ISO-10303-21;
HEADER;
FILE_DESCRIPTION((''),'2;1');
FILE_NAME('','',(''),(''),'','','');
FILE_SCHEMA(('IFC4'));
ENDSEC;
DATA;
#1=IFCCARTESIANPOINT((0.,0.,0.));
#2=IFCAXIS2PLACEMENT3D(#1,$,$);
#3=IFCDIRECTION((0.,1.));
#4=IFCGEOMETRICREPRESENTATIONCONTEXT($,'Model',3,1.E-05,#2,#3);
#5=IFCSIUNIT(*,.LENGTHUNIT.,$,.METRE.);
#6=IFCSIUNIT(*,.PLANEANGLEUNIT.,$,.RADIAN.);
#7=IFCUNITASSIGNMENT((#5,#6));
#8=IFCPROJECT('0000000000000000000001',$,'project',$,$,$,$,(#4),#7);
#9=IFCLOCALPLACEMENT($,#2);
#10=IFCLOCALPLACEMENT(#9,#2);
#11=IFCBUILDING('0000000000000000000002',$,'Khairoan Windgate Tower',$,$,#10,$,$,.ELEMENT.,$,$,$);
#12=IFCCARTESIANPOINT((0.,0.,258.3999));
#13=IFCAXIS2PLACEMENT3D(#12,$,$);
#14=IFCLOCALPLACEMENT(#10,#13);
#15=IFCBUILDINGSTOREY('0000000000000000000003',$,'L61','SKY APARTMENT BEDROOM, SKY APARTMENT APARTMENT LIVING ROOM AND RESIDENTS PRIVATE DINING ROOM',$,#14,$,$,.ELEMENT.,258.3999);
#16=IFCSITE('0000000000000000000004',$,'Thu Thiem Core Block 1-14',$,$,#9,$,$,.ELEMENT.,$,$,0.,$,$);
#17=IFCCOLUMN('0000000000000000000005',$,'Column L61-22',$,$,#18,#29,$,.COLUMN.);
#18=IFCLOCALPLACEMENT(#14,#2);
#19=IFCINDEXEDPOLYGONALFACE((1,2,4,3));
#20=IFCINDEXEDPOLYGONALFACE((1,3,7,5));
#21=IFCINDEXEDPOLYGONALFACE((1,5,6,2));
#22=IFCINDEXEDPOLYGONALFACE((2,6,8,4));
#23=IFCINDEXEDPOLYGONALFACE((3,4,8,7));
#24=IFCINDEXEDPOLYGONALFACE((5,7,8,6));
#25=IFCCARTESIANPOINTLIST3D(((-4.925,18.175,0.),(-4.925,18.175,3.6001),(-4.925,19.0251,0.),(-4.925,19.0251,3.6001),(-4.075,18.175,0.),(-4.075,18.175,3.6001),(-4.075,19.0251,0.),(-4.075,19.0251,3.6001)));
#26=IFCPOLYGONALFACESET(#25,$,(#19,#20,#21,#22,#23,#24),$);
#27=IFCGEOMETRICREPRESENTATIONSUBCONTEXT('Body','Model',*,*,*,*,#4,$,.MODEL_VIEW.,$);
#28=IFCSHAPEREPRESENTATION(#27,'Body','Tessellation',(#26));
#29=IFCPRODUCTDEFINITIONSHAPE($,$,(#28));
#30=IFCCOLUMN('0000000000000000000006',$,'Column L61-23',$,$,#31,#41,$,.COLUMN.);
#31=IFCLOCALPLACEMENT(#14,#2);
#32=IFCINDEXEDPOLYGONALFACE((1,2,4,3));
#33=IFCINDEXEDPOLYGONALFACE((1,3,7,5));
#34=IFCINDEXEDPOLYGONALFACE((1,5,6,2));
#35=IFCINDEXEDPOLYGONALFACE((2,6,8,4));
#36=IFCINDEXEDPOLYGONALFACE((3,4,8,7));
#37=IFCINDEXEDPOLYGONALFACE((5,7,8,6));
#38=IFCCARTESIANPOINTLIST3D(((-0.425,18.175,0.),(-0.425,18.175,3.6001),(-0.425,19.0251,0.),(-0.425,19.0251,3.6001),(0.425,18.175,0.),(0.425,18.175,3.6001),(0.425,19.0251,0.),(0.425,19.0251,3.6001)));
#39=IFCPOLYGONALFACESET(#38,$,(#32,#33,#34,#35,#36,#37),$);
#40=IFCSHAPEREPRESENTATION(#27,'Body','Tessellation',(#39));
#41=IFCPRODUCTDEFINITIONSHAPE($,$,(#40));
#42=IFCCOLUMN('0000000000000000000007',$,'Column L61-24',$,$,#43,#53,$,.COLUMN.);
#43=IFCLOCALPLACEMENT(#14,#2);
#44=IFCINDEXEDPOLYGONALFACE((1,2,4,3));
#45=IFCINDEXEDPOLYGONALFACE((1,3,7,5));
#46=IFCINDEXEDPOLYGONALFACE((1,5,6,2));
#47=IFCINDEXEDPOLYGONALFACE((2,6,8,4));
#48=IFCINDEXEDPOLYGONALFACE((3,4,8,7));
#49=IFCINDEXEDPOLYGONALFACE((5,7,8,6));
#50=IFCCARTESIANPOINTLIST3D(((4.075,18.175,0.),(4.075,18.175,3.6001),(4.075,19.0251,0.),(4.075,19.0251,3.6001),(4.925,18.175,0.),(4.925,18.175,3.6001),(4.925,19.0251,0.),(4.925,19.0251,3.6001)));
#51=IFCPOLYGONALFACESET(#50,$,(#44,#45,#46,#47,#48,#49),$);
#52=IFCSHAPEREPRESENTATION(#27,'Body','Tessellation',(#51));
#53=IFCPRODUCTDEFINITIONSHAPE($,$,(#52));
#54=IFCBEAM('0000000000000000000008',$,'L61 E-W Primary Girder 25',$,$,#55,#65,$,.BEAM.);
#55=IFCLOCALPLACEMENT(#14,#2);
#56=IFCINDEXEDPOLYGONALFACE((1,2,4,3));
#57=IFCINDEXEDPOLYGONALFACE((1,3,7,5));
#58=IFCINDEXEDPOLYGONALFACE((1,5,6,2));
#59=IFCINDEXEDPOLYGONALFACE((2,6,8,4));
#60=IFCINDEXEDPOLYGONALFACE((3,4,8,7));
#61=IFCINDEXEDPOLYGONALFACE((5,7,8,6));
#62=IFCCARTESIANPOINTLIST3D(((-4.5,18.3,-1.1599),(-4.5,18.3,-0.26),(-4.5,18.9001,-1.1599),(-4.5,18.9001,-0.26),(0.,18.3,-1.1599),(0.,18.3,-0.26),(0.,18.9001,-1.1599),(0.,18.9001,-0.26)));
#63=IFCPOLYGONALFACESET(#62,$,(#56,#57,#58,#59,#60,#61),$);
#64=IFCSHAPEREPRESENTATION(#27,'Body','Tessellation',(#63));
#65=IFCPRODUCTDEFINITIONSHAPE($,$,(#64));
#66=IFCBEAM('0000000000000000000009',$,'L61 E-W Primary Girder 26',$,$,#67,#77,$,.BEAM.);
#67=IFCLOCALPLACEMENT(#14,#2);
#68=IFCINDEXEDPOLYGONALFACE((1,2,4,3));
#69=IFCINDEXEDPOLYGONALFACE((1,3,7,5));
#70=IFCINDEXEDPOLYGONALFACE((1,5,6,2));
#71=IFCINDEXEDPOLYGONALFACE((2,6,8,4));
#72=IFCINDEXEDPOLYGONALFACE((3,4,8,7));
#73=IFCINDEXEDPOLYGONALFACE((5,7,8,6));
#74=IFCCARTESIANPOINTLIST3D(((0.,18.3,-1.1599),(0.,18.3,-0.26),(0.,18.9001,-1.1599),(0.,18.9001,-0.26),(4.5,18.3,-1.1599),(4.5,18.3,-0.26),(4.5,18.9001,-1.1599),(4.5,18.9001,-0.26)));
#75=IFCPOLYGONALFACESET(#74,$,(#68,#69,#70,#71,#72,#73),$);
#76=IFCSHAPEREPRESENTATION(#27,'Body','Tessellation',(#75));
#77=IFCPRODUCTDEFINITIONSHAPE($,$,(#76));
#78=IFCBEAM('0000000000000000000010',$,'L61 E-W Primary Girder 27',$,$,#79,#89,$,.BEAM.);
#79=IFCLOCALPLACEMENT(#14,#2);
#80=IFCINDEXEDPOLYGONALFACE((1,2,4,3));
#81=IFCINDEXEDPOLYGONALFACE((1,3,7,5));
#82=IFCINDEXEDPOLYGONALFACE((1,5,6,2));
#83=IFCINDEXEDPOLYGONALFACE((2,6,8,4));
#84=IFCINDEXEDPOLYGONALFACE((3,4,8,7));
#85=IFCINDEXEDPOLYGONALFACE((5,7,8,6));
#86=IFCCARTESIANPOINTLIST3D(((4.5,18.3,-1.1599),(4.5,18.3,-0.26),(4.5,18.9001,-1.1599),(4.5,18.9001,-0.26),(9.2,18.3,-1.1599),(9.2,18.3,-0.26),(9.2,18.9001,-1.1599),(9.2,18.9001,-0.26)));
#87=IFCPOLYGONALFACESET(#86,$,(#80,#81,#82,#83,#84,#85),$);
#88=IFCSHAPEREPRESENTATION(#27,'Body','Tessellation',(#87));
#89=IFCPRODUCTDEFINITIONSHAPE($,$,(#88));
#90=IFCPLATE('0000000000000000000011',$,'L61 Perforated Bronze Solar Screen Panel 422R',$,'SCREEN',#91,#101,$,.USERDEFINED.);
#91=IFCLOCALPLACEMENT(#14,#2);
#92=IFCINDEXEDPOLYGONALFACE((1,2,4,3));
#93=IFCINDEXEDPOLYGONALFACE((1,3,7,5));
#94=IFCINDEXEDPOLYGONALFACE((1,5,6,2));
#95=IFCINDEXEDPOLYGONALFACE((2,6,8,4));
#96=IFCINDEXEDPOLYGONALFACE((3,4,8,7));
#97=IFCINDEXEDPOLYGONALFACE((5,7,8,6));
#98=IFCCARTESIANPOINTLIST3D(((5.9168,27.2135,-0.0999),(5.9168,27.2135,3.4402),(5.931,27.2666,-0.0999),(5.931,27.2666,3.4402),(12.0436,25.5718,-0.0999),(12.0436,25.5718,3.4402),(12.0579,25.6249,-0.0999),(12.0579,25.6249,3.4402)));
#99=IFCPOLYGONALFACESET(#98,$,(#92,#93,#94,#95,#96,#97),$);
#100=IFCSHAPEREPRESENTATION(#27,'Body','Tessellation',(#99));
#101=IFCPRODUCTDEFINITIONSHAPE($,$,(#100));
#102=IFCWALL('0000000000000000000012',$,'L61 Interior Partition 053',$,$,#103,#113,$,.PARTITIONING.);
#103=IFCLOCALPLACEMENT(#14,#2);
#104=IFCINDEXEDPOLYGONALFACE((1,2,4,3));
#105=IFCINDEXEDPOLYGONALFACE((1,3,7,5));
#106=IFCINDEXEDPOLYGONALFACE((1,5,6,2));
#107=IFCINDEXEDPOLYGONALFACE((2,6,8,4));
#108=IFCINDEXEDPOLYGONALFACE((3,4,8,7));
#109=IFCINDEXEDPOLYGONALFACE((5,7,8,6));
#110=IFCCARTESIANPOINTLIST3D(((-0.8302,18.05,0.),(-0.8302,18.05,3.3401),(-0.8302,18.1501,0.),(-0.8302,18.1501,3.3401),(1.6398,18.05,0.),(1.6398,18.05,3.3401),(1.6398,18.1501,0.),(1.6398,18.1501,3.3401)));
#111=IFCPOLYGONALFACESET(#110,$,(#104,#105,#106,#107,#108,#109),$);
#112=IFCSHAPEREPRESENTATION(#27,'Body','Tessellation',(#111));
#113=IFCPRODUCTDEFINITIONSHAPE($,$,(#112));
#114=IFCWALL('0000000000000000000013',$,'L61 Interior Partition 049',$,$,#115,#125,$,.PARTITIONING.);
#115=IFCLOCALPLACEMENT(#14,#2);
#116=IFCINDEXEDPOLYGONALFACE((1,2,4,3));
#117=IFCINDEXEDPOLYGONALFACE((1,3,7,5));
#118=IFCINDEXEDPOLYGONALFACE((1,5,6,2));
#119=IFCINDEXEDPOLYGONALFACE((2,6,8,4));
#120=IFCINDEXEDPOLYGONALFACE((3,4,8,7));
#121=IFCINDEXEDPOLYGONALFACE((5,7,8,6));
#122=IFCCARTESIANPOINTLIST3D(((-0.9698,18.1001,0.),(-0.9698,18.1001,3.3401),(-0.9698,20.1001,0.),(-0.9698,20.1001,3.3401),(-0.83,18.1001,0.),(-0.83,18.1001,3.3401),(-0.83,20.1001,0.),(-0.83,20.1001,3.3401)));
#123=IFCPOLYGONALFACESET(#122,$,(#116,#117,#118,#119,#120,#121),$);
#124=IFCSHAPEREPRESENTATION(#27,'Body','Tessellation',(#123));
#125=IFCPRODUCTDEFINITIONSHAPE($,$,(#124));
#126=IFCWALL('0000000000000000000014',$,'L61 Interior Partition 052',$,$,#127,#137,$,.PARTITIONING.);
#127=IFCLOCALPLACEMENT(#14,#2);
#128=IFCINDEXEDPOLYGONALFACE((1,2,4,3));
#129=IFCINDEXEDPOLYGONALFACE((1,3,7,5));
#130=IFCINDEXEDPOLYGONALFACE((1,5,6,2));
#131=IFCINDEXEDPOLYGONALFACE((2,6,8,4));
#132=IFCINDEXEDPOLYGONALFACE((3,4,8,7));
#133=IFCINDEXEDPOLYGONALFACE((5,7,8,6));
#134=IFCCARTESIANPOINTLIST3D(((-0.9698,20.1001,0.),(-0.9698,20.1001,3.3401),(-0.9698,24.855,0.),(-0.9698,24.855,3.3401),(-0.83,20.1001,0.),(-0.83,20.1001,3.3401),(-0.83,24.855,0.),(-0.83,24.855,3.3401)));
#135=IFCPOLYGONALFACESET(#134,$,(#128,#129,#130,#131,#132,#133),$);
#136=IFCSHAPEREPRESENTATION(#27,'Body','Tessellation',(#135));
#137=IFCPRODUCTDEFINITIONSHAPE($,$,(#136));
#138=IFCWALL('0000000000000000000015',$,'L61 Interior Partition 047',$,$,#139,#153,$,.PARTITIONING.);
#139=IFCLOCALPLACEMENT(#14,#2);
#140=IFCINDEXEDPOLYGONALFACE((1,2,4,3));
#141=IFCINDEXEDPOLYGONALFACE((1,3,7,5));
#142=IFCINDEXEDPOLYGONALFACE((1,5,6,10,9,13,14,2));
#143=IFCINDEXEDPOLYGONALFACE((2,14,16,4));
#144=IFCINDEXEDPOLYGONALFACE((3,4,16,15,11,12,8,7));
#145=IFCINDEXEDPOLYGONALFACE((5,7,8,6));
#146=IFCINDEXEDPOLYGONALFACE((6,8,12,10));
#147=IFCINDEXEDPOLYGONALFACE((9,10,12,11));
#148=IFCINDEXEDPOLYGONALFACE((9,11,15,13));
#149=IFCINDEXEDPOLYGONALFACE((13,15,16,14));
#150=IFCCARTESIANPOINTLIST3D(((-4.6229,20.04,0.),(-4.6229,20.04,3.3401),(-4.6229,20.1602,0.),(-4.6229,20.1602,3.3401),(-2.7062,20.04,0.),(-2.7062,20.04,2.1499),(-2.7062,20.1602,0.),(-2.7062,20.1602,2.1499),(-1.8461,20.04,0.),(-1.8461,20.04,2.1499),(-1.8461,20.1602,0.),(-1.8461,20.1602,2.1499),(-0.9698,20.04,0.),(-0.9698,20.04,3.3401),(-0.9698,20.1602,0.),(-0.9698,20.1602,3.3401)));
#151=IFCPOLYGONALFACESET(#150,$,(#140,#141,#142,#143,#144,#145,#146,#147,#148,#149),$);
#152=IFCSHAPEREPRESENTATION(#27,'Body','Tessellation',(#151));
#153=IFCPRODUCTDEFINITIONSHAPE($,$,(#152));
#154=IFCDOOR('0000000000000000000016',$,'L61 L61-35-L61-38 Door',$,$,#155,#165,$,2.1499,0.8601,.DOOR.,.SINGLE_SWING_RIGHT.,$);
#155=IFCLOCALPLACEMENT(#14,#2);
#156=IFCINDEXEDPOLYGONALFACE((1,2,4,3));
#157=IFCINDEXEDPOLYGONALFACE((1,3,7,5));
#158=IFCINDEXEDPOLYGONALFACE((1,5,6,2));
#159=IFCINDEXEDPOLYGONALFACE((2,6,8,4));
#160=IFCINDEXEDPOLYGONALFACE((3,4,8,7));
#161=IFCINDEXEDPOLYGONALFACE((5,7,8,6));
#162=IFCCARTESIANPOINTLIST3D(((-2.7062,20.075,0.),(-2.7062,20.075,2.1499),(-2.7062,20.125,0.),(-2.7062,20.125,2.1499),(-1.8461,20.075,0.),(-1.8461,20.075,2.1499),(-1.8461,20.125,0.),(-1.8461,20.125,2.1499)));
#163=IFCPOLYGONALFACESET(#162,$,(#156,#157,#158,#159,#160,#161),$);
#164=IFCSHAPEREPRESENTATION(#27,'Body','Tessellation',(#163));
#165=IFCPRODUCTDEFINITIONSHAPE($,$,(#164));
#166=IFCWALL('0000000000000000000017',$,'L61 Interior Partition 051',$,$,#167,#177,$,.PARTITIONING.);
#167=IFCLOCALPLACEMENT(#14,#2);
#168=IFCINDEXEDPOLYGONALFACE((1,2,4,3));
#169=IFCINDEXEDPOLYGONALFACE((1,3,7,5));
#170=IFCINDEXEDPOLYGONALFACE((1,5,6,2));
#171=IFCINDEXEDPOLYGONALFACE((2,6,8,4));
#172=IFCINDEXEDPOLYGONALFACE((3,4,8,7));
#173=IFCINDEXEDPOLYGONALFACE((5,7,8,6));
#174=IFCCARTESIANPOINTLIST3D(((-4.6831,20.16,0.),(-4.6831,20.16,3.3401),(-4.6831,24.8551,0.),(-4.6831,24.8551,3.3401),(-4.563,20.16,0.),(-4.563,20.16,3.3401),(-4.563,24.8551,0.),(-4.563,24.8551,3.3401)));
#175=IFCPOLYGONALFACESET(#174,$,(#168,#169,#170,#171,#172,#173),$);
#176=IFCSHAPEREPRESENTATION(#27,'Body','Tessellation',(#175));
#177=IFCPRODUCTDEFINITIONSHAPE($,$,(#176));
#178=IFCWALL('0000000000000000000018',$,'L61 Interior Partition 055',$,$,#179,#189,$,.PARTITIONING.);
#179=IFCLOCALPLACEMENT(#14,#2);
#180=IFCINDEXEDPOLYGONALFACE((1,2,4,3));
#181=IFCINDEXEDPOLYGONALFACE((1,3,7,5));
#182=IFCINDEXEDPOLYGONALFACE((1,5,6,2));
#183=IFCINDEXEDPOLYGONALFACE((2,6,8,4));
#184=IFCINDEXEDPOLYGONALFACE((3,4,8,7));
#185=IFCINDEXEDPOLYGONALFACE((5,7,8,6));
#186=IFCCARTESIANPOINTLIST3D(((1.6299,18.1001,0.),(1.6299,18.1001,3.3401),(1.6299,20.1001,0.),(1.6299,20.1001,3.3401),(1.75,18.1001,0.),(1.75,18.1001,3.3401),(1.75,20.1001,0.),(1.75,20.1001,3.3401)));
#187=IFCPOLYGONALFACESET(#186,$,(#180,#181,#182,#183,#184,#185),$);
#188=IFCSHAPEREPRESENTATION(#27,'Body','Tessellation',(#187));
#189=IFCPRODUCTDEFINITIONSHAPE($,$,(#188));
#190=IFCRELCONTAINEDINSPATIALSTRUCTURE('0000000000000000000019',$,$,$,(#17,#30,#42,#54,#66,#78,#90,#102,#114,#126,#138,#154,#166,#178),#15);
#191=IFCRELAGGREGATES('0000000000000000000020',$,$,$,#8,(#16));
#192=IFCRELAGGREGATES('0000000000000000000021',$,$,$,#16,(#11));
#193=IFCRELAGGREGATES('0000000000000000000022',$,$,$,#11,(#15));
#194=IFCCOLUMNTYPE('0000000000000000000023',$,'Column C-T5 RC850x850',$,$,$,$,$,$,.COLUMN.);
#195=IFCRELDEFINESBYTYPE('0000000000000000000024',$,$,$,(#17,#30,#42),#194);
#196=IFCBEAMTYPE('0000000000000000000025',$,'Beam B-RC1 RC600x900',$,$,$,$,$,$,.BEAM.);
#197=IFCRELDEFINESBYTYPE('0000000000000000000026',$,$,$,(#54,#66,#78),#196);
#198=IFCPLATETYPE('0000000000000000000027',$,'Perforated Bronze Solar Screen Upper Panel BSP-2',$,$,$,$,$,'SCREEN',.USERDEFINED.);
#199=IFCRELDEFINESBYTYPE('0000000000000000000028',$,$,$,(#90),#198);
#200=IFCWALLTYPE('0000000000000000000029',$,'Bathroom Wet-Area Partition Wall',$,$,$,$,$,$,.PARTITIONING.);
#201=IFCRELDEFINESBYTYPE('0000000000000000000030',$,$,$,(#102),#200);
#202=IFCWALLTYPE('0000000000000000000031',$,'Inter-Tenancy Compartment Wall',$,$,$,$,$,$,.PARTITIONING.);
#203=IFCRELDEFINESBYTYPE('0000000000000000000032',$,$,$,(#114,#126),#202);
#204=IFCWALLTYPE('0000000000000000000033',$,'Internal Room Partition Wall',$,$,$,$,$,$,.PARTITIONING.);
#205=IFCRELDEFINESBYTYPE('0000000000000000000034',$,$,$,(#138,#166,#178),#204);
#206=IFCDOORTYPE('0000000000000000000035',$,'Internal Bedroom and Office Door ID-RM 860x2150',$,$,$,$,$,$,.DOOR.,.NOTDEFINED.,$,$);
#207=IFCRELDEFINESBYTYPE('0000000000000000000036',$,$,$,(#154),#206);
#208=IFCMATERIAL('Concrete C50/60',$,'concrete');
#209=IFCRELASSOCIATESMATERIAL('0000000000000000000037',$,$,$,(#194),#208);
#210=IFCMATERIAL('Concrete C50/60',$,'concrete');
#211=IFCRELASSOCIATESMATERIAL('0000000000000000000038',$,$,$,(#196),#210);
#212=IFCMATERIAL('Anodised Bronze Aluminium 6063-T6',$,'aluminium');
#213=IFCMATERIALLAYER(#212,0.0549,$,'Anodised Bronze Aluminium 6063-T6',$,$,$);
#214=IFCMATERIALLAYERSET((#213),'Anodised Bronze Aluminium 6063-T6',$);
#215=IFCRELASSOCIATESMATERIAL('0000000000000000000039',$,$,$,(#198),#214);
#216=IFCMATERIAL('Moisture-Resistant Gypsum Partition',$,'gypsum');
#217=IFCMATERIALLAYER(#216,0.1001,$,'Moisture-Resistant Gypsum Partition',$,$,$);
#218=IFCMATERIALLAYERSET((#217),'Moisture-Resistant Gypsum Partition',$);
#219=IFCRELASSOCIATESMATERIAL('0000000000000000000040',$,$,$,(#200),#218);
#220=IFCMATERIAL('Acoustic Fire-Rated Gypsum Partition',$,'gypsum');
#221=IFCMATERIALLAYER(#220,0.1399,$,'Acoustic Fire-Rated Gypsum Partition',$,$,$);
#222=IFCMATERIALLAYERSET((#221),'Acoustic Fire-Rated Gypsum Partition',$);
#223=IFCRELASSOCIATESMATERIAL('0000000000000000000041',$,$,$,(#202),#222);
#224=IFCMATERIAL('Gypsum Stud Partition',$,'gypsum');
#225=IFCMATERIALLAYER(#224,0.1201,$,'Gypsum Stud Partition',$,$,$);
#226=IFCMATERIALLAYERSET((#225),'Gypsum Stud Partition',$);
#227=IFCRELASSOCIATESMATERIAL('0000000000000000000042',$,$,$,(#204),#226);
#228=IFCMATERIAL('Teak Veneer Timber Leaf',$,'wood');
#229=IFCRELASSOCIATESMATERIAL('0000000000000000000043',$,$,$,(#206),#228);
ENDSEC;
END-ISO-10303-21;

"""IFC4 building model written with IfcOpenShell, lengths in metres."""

from ifc_helpers import new_model, si_unit, direction, frame, frame_2d, origin, origin_2d, place, context, subcontext, project, spatial, rectangle, extrude, material, layer, layer_set, material_profile, profile_set, type_object, element, fill, save


model = new_model("IFC4")

# Units and contexts
model_context = context("Model", 3, precision=1e-05, world=origin(), true_north=direction((0.0, 1.0)))
body_context = subcontext(model_context, "Body", "Model", "MODEL_VIEW")
ifc_project = project(units=[si_unit("LENGTHUNIT", "METRE"), si_unit("PLANEANGLEUNIT", "RADIAN")], contexts=[model_context])

# Site, building, storey
site_placement = place(None, origin())
site = spatial("IfcSite", under=ifc_project, at=site_placement, Name="Thu Thiem Core Block 1-14", CompositionType="ELEMENT", RefElevation=0.0)
building_placement = place(site_placement, origin())
building = spatial("IfcBuilding", under=site, at=building_placement, Name="Khairoan Windgate Tower", CompositionType="ELEMENT")
storey_placement = place(building_placement, frame((0.0, 0.0, 258.3999)))
storey = spatial("IfcBuildingStorey", under=building, at=storey_placement, Name="L61", Description="SKY APARTMENT BEDROOM, SKY APARTMENT APARTMENT LIVING ROOM AND RESIDENTS PRIVATE DINING ROOM", CompositionType="ELEMENT", Elevation=258.3999)

# Columns
ifc_material_1 = material(Name="Concrete C50/60", Category="concrete")
ifc_material_profile_1 = material_profile(ifc_material_1, rectangle(XDim=0.8501, YDim=0.8501, at=origin_2d()))
ifc_profile_set_1 = profile_set([ifc_material_profile_1], Name="Concrete C50/60")
column_type = type_object("IfcColumnType", Name="Column C-T5 RC850x850", PredefinedType="COLUMN", material=ifc_profile_set_1)
for number, where, z_axis, x_axis, name in (
    (1, (-4.5, 18.6001, 0.0), (0.0, 0.0, 1.0), (1.0, 0.0, 0.0), "Column L61-22"),
    (2, (0.0, 18.6001, 0.0), (0.0, 0.0, 1.0), (1.0, 0.0, 0.0), "Column L61-23"),
    (3, (4.5, 18.6001, 0.0), (0.0, 0.0, 1.0), (1.0, 0.0, 0.0), "Column L61-24"),
):
    element("IfcColumn", number, at=place(storey_placement, frame(where, z_axis=z_axis, x_axis=x_axis)), inside=storey, type_object=column_type, Name=name, PredefinedType="COLUMN", context=body_context, shape_type="SweptSolid", body=[
        extrude(rectangle(XDim=0.8501, YDim=0.8501, at=origin_2d()), origin(), (0.0, 0.0, 1.0), 3.6001),
    ])

# Beams
ifc_material_2 = material(Name="Concrete C50/60", Category="concrete")
ifc_material_profile_2 = material_profile(ifc_material_2, rectangle(XDim=0.6001, YDim=0.8999, at=origin_2d()))
ifc_profile_set_2 = profile_set([ifc_material_profile_2], Name="Concrete C50/60")
beam_type = type_object("IfcBeamType", Name="Beam B-RC1 RC600x900", PredefinedType="BEAM", material=ifc_profile_set_2)
for number, where, z_axis, x_axis, name in (
    (4, (-4.5, 18.6001, -0.71), (1.0, 0.0, 0.0), (0.0, 1.0, 0.0), "L61 E-W Primary Girder 25"),
    (5, (0.0, 18.6001, -0.71), (1.0, 0.0, 0.0), (0.0, 1.0, 0.0), "L61 E-W Primary Girder 26"),
):
    element("IfcBeam", number, at=place(storey_placement, frame(where, z_axis=z_axis, x_axis=x_axis)), inside=storey, type_object=beam_type, Name=name, PredefinedType="BEAM", context=body_context, shape_type="SweptSolid", body=[
        extrude(rectangle(XDim=0.6001, YDim=0.8999, at=origin_2d()), origin(), (0.0, 0.0, 1.0), 4.5),
    ])
beam_placement = place(storey_placement, frame((4.5, 18.6001, -0.71), z_axis=(1.0, 0.0, 0.0), x_axis=(0.0, 1.0, 0.0)))
element("IfcBeam", 6, at=beam_placement, inside=storey, type_object=beam_type, Name="L61 E-W Primary Girder 27", PredefinedType="BEAM", context=body_context, shape_type="SweptSolid", body=[
    extrude(rectangle(XDim=0.6001, YDim=0.8999, at=origin_2d()), origin(), (0.0, 0.0, 1.0), 4.7),
])

# Plate
ifc_material_3 = material(Name="Anodised Bronze Aluminium 6063-T6", Category="aluminium")
ifc_layer_1 = layer(ifc_material_3, 0.0549, Name="Anodised Bronze Aluminium 6063-T6")
ifc_layer_set_1 = layer_set([ifc_layer_1], Name="Anodised Bronze Aluminium 6063-T6")
plate_type = type_object("IfcPlateType", Name="Perforated Bronze Solar Screen Upper Panel BSP-2", ElementType="SCREEN", PredefinedType="USERDEFINED", material=ifc_layer_set_1)
plate_placement = place(storey_placement, frame((8.9873, 26.4192, -0.0999), z_axis=(0.0, 0.0, 1.0), x_axis=(0.965926, -0.258819, 0.0)))
element("IfcPlate", 7, at=plate_placement, inside=storey, type_object=plate_type, Name="L61 Perforated Bronze Solar Screen Panel 422R", ObjectType="SCREEN", PredefinedType="USERDEFINED", context=body_context, shape_type="SweptSolid", body=[
    extrude(rectangle(XDim=6.343, YDim=0.0549, at=origin_2d()), origin(), (0.0, 0.0, 1.0), 3.54),
])

# Walls
ifc_material_4 = material(Name="Moisture-Resistant Gypsum Partition", Category="gypsum")
ifc_layer_2 = layer(ifc_material_4, 0.1001, Name="Moisture-Resistant Gypsum Partition")
ifc_layer_set_2 = layer_set([ifc_layer_2], Name="Moisture-Resistant Gypsum Partition")
wall_type_1 = type_object("IfcWallType", Name="Bathroom Wet-Area Partition Wall", PredefinedType="PARTITIONING", material=ifc_layer_set_2)
wall_1_placement = place(storey_placement, frame((-0.8301, 18.1001, 0.0), z_axis=(0.0, 0.0, 1.0), x_axis=(1.0, 0.0, 0.0)))
element("IfcWall", 8, at=wall_1_placement, inside=storey, type_object=wall_type_1, Name="L61 Interior Partition 053", PredefinedType="PARTITIONING", context=body_context, shape_type="SweptSolid", body=[
    extrude(rectangle(XDim=2.47, YDim=0.1001, at=frame_2d((1.2349, 0.0))), origin(), (0.0, 0.0, 1.0), 3.3401),
])
ifc_material_5 = material(Name="Acoustic Fire-Rated Gypsum Partition", Category="gypsum")
ifc_layer_3 = layer(ifc_material_5, 0.1399, Name="Acoustic Fire-Rated Gypsum Partition")
ifc_layer_set_3 = layer_set([ifc_layer_3], Name="Acoustic Fire-Rated Gypsum Partition")
wall_type_2 = type_object("IfcWallType", Name="Inter-Tenancy Compartment Wall", PredefinedType="PARTITIONING", material=ifc_layer_set_3)
wall_2_placement = place(storey_placement, frame((-0.8999, 18.1001, 0.0), z_axis=(0.0, 0.0, 1.0), x_axis=(0.0, 1.0, 0.0)))
element("IfcWall", 9, at=wall_2_placement, inside=storey, type_object=wall_type_2, Name="L61 Interior Partition 049", PredefinedType="PARTITIONING", context=body_context, shape_type="SweptSolid", body=[
    extrude(rectangle(XDim=2.0, YDim=0.1399, at=frame_2d((1.0, 0.0))), origin(), (0.0, 0.0, 1.0), 3.3401),
])
wall_3_placement = place(storey_placement, frame((-0.8999, 20.1001, 0.0), z_axis=(0.0, 0.0, 1.0), x_axis=(0.0, 1.0, 0.0)))
element("IfcWall", 10, at=wall_3_placement, inside=storey, type_object=wall_type_2, Name="L61 Interior Partition 052", PredefinedType="PARTITIONING", context=body_context, shape_type="SweptSolid", body=[
    extrude(rectangle(XDim=4.7549, YDim=0.1399, at=frame_2d((2.3774, 0.0))), origin(), (0.0, 0.0, 1.0), 3.3401),
])

# Wall, opening, door
ifc_material_6 = material(Name="Gypsum Stud Partition", Category="gypsum")
ifc_layer_4 = layer(ifc_material_6, 0.1201, Name="Gypsum Stud Partition")
ifc_layer_set_4 = layer_set([ifc_layer_4], Name="Gypsum Stud Partition")
wall_type_3 = type_object("IfcWallType", Name="Internal Room Partition Wall", PredefinedType="PARTITIONING", material=ifc_layer_set_4)
wall_4_placement = place(storey_placement, frame((-4.623, 20.1001, 0.0), z_axis=(0.0, 0.0, 1.0), x_axis=(1.0, 0.0, 0.0)))
wall_4 = element("IfcWall", 11, at=wall_4_placement, inside=storey, type_object=wall_type_3, Name="L61 Interior Partition 047", PredefinedType="PARTITIONING", context=body_context, shape_type="SweptSolid", body=[
    extrude(rectangle(XDim=3.6531, YDim=0.1201, at=frame_2d((1.8267, 0.0))), origin(), (0.0, 0.0, 1.0), 3.3401),
])
opening_1_placement = place(wall_4_placement, frame((1.9167, 0.0, 0.0)))
opening_1 = element("IfcOpeningElement", 12, at=opening_1_placement, cuts=wall_4, PredefinedType="OPENING", context=body_context, shape_type="SweptSolid", body=[
    extrude(rectangle(XDim=0.8601, YDim=2.1499, at=frame_2d((0.4302, 1.075))), frame((0.0, 0.0701, 0.0), z_axis=(0.0, -1.0, 0.0), x_axis=(1.0, 0.0, 0.0)), (0.0, 0.0, 1.0), 0.1401),
])
ifc_material_7 = material(Name="Teak Veneer Timber Leaf", Category="wood")
door_type_1 = type_object("IfcDoorType", Name="Internal Bedroom and Office Door ID-RM 860x2150", OperationType="NOTDEFINED", PredefinedType="DOOR", material=ifc_material_7)
door_1_placement = place(opening_1_placement, origin())
door_1 = element("IfcDoor", 13, at=door_1_placement, inside=storey, type_object=door_type_1, Name="L61 L61-35-L61-38 Door", OperationType="SINGLE_SWING_RIGHT", OverallHeight=2.1499, OverallWidth=0.8601, PredefinedType="DOOR", context=body_context, shape_type="SweptSolid", body=[
    extrude(rectangle(XDim=0.8601, YDim=2.1499, at=frame_2d((0.4302, 1.075))), frame((0.0, 0.0249, 0.0), z_axis=(0.0, -1.0, 0.0), x_axis=(1.0, 0.0, 0.0)), (0.0, 0.0, 1.0), 0.05),
])
fill(opening_1, door_1)

# Walls
wall_5_placement = place(storey_placement, frame((-4.623, 20.1599, 0.0), z_axis=(0.0, 0.0, 1.0), x_axis=(0.0, 1.0, 0.0)))
element("IfcWall", 14, at=wall_5_placement, inside=storey, type_object=wall_type_3, Name="L61 Interior Partition 051", PredefinedType="PARTITIONING", context=body_context, shape_type="SweptSolid", body=[
    extrude(rectangle(XDim=4.6951, YDim=0.1201, at=frame_2d((2.3477, 0.0))), origin(), (0.0, 0.0, 1.0), 3.3401),
])
wall_6_placement = place(storey_placement, frame((1.6899, 18.1001, 0.0), z_axis=(0.0, 0.0, 1.0), x_axis=(0.0, 1.0, 0.0)))
element("IfcWall", 15, at=wall_6_placement, inside=storey, type_object=wall_type_3, Name="L61 Interior Partition 055", PredefinedType="PARTITIONING", context=body_context, shape_type="SweptSolid", body=[
    extrude(rectangle(XDim=2.0, YDim=0.1201, at=frame_2d((1.0, 0.0))), origin(), (0.0, 0.0, 1.0), 3.3401),
])

save(model, "model.ifc")
